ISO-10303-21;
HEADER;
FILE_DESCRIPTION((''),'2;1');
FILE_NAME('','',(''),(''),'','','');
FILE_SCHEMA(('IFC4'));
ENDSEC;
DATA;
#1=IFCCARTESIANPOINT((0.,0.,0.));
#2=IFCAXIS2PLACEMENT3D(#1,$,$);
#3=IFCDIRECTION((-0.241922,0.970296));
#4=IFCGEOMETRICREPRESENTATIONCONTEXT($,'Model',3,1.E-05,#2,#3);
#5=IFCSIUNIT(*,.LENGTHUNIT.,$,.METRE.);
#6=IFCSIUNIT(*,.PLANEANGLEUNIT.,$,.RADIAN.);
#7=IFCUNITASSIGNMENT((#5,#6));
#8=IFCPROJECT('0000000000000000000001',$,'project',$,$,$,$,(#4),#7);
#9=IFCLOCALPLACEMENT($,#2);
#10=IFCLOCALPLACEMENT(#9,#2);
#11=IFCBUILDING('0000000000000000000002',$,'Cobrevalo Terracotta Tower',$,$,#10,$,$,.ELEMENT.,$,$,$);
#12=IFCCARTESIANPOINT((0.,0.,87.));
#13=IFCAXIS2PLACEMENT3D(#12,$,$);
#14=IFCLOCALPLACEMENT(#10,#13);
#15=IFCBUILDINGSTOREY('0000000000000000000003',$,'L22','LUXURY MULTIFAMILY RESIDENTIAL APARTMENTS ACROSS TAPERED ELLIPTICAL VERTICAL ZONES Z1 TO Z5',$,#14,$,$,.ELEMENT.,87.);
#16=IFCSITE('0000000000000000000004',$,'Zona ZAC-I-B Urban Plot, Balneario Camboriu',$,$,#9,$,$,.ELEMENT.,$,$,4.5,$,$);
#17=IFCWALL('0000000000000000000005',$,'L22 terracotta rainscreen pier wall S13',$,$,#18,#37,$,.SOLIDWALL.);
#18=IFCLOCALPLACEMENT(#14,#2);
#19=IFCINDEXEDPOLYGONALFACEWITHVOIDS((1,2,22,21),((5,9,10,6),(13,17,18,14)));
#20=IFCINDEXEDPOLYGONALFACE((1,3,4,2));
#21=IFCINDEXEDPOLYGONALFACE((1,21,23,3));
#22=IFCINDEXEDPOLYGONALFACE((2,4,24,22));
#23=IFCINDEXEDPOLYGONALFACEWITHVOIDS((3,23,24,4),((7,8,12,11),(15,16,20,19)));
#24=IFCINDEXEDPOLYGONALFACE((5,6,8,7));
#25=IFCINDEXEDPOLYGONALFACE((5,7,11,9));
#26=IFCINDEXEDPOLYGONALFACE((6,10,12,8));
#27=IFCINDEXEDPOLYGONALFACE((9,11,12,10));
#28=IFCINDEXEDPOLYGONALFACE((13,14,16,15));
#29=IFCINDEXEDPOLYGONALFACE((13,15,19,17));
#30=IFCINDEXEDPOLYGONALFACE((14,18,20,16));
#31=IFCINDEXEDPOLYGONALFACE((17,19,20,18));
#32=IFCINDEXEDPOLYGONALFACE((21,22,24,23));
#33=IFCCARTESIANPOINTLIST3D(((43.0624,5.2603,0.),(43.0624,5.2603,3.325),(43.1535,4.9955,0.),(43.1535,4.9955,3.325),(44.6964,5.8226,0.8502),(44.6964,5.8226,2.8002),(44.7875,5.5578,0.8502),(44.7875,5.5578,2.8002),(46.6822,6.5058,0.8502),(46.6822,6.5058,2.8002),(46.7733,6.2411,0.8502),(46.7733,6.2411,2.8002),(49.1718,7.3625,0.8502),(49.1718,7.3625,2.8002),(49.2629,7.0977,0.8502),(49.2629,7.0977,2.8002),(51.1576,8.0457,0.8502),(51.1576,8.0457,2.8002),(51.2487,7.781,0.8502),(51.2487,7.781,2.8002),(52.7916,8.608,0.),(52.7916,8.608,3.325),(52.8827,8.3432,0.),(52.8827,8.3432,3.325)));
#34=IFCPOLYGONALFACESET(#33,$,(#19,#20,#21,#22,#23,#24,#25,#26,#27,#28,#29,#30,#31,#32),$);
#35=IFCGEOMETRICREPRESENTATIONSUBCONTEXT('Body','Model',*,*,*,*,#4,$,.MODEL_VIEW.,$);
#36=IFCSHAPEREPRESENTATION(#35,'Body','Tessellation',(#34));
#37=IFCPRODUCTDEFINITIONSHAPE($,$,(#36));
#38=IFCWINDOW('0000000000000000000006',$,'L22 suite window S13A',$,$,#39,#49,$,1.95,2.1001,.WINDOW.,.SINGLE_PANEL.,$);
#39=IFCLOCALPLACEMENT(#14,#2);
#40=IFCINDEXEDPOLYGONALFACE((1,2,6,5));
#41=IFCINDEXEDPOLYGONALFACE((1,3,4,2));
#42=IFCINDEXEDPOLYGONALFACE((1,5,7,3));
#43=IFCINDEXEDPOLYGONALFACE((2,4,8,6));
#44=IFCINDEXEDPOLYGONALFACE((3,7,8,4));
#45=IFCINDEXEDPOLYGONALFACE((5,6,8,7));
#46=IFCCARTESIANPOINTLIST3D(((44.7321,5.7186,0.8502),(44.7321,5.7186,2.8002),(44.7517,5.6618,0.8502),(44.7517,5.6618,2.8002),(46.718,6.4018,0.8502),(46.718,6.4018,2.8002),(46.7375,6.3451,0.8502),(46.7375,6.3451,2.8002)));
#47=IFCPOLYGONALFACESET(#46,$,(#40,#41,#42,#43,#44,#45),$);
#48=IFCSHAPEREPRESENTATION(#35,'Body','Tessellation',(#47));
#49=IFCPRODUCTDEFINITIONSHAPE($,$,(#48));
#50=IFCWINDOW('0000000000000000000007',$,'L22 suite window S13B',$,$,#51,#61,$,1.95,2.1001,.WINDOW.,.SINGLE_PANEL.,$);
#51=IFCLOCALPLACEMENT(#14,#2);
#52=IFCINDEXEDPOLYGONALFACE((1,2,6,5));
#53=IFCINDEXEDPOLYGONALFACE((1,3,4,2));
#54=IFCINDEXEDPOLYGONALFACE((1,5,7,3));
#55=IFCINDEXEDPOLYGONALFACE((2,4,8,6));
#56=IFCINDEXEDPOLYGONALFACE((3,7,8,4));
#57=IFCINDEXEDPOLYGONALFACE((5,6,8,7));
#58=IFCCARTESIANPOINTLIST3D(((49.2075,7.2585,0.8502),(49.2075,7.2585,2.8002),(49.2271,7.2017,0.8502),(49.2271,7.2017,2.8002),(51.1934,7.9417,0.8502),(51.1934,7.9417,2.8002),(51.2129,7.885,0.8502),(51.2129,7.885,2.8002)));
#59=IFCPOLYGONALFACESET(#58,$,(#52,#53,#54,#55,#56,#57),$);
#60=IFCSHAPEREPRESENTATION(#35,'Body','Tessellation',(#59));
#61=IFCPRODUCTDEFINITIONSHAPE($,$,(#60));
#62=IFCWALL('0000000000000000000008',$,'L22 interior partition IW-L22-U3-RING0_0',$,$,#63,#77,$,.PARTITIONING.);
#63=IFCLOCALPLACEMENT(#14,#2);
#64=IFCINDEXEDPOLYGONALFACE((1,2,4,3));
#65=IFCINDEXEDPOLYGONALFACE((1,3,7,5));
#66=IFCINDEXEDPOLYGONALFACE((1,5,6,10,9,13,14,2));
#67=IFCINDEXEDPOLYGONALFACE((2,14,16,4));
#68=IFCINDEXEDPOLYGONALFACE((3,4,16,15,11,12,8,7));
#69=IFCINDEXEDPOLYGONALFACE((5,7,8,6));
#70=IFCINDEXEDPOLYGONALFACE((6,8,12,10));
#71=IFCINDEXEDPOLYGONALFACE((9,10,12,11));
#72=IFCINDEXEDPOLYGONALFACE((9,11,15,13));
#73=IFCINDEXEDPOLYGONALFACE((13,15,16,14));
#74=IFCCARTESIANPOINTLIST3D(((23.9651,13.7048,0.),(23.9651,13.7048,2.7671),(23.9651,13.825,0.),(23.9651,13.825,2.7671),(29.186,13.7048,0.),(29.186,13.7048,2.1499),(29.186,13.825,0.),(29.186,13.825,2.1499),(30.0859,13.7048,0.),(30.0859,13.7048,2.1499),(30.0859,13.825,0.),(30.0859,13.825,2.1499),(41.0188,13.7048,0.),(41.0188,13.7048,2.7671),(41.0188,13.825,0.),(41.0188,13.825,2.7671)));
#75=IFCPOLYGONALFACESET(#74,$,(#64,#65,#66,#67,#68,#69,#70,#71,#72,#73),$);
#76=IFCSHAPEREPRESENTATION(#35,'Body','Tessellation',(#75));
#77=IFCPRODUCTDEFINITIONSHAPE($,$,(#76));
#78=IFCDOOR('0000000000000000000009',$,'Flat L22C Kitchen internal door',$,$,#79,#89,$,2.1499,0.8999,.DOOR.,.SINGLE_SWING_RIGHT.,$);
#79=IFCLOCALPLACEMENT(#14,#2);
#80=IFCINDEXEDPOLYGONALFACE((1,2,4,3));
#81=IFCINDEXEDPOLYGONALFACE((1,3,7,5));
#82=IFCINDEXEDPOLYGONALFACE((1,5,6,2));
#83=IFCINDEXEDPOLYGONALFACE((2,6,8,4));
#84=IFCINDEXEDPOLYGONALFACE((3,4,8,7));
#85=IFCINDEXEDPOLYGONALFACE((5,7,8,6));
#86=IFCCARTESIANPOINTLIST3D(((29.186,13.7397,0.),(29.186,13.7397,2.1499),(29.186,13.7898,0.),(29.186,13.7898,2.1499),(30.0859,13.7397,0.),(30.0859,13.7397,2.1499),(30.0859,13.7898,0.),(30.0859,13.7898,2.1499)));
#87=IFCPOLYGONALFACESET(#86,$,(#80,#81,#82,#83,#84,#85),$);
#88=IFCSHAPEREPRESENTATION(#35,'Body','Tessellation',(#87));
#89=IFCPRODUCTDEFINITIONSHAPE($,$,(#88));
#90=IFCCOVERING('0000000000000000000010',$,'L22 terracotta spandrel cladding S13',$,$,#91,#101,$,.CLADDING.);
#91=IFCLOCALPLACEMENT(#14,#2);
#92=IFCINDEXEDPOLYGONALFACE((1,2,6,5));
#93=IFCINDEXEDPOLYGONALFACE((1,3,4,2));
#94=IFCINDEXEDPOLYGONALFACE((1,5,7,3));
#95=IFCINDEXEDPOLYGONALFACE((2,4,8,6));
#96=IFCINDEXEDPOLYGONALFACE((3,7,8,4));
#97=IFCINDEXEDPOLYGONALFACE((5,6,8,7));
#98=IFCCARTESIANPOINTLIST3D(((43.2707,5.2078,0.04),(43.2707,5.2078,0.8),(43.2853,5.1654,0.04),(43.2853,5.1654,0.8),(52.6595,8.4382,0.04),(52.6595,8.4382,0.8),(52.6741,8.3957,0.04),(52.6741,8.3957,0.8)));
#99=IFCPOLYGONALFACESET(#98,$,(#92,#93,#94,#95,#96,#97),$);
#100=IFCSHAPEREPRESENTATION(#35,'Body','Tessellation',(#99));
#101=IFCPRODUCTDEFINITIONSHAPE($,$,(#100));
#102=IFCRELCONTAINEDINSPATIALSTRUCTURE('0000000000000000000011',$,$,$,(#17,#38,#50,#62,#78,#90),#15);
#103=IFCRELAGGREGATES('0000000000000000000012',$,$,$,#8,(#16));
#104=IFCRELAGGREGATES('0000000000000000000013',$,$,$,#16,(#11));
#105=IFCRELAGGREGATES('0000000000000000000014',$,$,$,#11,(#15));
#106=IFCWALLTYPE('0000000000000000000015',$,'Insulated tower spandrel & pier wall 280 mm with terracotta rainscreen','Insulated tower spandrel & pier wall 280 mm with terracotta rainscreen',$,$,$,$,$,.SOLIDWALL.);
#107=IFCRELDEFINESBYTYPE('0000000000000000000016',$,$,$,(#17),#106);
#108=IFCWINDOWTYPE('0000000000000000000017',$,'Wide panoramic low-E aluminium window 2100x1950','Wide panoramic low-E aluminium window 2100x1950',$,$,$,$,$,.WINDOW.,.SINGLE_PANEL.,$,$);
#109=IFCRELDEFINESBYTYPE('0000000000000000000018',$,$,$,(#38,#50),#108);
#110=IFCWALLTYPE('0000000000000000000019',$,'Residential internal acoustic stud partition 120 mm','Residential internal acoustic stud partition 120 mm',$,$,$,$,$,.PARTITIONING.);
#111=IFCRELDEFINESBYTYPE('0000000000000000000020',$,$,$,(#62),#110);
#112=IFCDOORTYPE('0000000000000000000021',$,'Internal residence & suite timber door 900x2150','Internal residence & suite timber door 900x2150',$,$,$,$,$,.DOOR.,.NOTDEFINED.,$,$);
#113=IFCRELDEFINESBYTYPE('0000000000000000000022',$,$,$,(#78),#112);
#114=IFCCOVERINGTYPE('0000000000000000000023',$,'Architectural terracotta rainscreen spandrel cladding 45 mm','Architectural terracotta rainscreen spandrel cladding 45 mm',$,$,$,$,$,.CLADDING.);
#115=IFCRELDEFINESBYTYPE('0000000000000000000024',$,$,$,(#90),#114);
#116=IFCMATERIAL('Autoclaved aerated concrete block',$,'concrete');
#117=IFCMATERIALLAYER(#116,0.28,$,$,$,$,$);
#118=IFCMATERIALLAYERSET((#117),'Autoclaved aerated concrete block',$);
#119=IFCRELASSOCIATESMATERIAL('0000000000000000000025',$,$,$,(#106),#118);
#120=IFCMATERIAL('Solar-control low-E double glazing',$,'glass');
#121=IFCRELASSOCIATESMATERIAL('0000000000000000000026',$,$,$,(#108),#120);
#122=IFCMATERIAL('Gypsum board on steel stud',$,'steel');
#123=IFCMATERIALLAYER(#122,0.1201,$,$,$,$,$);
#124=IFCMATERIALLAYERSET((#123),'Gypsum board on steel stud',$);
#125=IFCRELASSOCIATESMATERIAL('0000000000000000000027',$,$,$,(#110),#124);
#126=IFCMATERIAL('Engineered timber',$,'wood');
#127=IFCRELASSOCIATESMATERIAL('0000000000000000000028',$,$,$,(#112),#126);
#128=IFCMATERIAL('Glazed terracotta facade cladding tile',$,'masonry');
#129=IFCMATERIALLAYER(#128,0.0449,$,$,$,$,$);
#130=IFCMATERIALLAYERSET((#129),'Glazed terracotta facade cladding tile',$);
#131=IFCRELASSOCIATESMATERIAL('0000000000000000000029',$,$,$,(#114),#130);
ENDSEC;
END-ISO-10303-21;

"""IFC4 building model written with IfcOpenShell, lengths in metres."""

from ifc_helpers import new_model, si_unit, direction, frame, frame_2d, origin, origin_2d, place, context, subcontext, project, spatial, rectangle, extrude, source, transform, mapped, material, layer, layer_set, type_object, element, fill, save


model = new_model("IFC4")

# Units and contexts
model_context = context("Model", 3, precision=1e-05, world=origin(), true_north=direction((-0.241922, 0.970296)))
body_context = subcontext(model_context, "Body", "Model", "MODEL_VIEW")
ifc_project = project(units=[si_unit("LENGTHUNIT", "METRE"), si_unit("PLANEANGLEUNIT", "RADIAN")], contexts=[model_context])

# Site, building, storey
site_placement = place(None, origin())
site = spatial("IfcSite", under=ifc_project, at=site_placement, Name="Zona ZAC-I-B Urban Plot, Balneario Camboriu", CompositionType="ELEMENT", RefElevation=4.5)
building_placement = place(site_placement, origin())
building = spatial("IfcBuilding", under=site, at=building_placement, Name="Cobrevalo Terracotta Tower", CompositionType="ELEMENT")
storey_placement = place(building_placement, frame((0.0, 0.0, 87.0)))
storey = spatial("IfcBuildingStorey", under=building, at=storey_placement, Name="L22", Description="LUXURY MULTIFAMILY RESIDENTIAL APARTMENTS ACROSS TAPERED ELLIPTICAL VERTICAL ZONES Z1 TO Z5", CompositionType="ELEMENT", Elevation=87.0)

# Shared definitions
ifc_material_1 = material(Name="Solar-control low-E double glazing", Category="glass")

# Shared definitions
ifc_material_2 = material(Name="Gypsum board on steel stud", Category="steel")

# Shared definitions
ifc_material_3 = material(Name="Autoclaved aerated concrete block", Category="concrete")

# Wall, openings, windows
ifc_layer_1 = layer(ifc_material_3, 0.28)
ifc_layer_set_1 = layer_set([ifc_layer_1], Name="Autoclaved aerated concrete block")
wall_type_1 = type_object("IfcWallType", Name="Insulated tower spandrel & pier wall 280 mm with terracotta rainscreen", Description="Insulated tower spandrel & pier wall 280 mm with terracotta rainscreen", PredefinedType="SOLIDWALL", material=ifc_layer_set_1)
wall_1_placement = place(storey_placement, frame((43.1079, 5.1279, 0.0), z_axis=(0.0, 0.0, 1.0), x_axis=(0.94559, 0.32536, 0.0)))
wall_1 = element("IfcWall", 1, at=wall_1_placement, inside=storey, type_object=wall_type_1, Name="L22 terracotta rainscreen pier wall S13", PredefinedType="SOLIDWALL", context=body_context, shape_type="SweptSolid", body=[
    extrude(rectangle(XDim=10.2891, YDim=0.28, at=frame_2d((5.1445, 0.0))), origin(), (0.0, 0.0, 1.0), 3.325),
])
opening_1_placement = place(wall_1_placement, frame((1.728, 0.0, 0.8501)))
opening_1 = element("IfcOpeningElement", 2, at=opening_1_placement, cuts=wall_1, PredefinedType="OPENING", context=body_context, shape_type="SweptSolid", body=[
    extrude(rectangle(XDim=2.1001, YDim=1.95, at=frame_2d((1.05, 0.9751))), frame((0.0, 0.1499, 0.0), z_axis=(0.0, -1.0, 0.0), x_axis=(1.0, 0.0, 0.0)), (0.0, 0.0, 1.0), 0.3),
])
opening_2_placement = place(wall_1_placement, frame((6.4609, 0.0, 0.8501)))
opening_2 = element("IfcOpeningElement", 3, at=opening_2_placement, cuts=wall_1, PredefinedType="OPENING", context=body_context, shape_type="SweptSolid", body=[
    extrude(rectangle(XDim=2.1001, YDim=1.95, at=frame_2d((1.05, 0.9751))), frame((0.0, 0.1499, 0.0), z_axis=(0.0, -1.0, 0.0), x_axis=(1.0, 0.0, 0.0)), (0.0, 0.0, 1.0), 0.3),
])
window_type = type_object("IfcWindowType", Name="Wide panoramic low-E aluminium window 2100x1950", Description="Wide panoramic low-E aluminium window 2100x1950", PartitioningType="SINGLE_PANEL", PredefinedType="WINDOW", material=ifc_material_1)
shared_shape_1 = source(origin(), body_context, "Body", "SweptSolid", [
    extrude(rectangle(XDim=2.1001, YDim=1.95, at=frame_2d((1.05, 0.9751))), frame((0.0, 0.03, 0.0), z_axis=(0.0, -1.0, 0.0), x_axis=(1.0, 0.0, 0.0)), (0.0, 0.0, 1.0), 0.0601),
])
window_1_placement = place(opening_1_placement, origin())
window_1 = element("IfcWindow", 4, at=window_1_placement, inside=storey, type_object=window_type, Name="L22 suite window S13A", OverallHeight=1.95, OverallWidth=2.1001, PartitioningType="SINGLE_PANEL", PredefinedType="WINDOW", context=body_context, shape_type="MappedRepresentation", body=[
    mapped(shared_shape_1, transform((0.0, 0.0, 0.0), scale=1.0)),
])
fill(opening_1, window_1)
window_2_placement = place(opening_2_placement, origin())
window_2 = element("IfcWindow", 5, at=window_2_placement, inside=storey, type_object=window_type, Name="L22 suite window S13B", OverallHeight=1.95, OverallWidth=2.1001, PartitioningType="SINGLE_PANEL", PredefinedType="WINDOW", context=body_context, shape_type="MappedRepresentation", body=[
    mapped(shared_shape_1, transform((0.0, 0.0, 0.0), scale=1.0)),
])
fill(opening_2, window_2)

# Wall, opening, door
ifc_layer_2 = layer(ifc_material_2, 0.1201)
ifc_layer_set_2 = layer_set([ifc_layer_2], Name="Gypsum board on steel stud")
wall_type_2 = type_object("IfcWallType", Name="Residential internal acoustic stud partition 120 mm", Description="Residential internal acoustic stud partition 120 mm", PredefinedType="PARTITIONING", material=ifc_layer_set_2)
wall_2_placement = place(storey_placement, frame((41.0188, 13.7649, 0.0), z_axis=(0.0, 0.0, 1.0), x_axis=(-1.0, 0.0, 0.0)))
wall_2 = element("IfcWall", 6, at=wall_2_placement, inside=storey, type_object=wall_type_2, Name="L22 interior partition IW-L22-U3-RING0_0", PredefinedType="PARTITIONING", context=body_context, shape_type="SweptSolid", body=[
    extrude(rectangle(XDim=17.0537, YDim=0.1201, at=frame_2d((8.5269, 0.0))), origin(), (0.0, 0.0, 1.0), 2.7671),
])
opening_3_placement = place(wall_2_placement, frame((10.9329, 0.0, 0.0)))
opening_3 = element("IfcOpeningElement", 7, at=opening_3_placement, cuts=wall_2, PredefinedType="OPENING", context=body_context, shape_type="SweptSolid", body=[
    extrude(rectangle(XDim=0.8999, YDim=2.1499, at=frame_2d((0.45, 1.075))), frame((0.0, 0.0701, 0.0), z_axis=(0.0, -1.0, 0.0), x_axis=(1.0, 0.0, 0.0)), (0.0, 0.0, 1.0), 0.1401),
])
ifc_material_4 = material(Name="Engineered timber", Category="wood")
door_type_1 = type_object("IfcDoorType", Name="Internal residence & suite timber door 900x2150", Description="Internal residence & suite timber door 900x2150", OperationType="NOTDEFINED", PredefinedType="DOOR", material=ifc_material_4)
shared_shape_2 = source(origin(), body_context, "Body", "SweptSolid", [
    extrude(rectangle(XDim=0.8999, YDim=2.1499, at=frame_2d((0.45, 1.075))), frame((0.0, 0.0249, 0.0), z_axis=(0.0, -1.0, 0.0), x_axis=(1.0, 0.0, 0.0)), (0.0, 0.0, 1.0), 0.05),
])
door_1_placement = place(opening_3_placement, frame((0.8999, 0.0, 0.0), z_axis=(0.0, 0.0, 1.0), x_axis=(-1.0, 0.0, 0.0)))
door_1 = element("IfcDoor", 8, at=door_1_placement, inside=storey, type_object=door_type_1, Name="Flat L22C Kitchen internal door", OperationType="SINGLE_SWING_RIGHT", OverallHeight=2.1499, OverallWidth=0.8999, PredefinedType="DOOR", context=body_context, shape_type="MappedRepresentation", body=[
    mapped(shared_shape_2, transform((0.0, 0.0, 0.0), scale=1.0)),
])
fill(opening_3, door_1)

# Covering
ifc_material_5 = material(Name="Glazed terracotta facade cladding tile", Category="masonry")
ifc_layer_3 = layer(ifc_material_5, 0.0449)
ifc_layer_set_3 = layer_set([ifc_layer_3], Name="Glazed terracotta facade cladding tile")
covering_type = type_object("IfcCoveringType", Name="Architectural terracotta rainscreen spandrel cladding 45 mm", Description="Architectural terracotta rainscreen spandrel cladding 45 mm", PredefinedType="CLADDING", material=ifc_layer_set_3)
shared_shape_3 = source(origin(), body_context, "Body", "SweptSolid", [
    extrude(rectangle(XDim=9.929, YDim=0.0449, at=origin_2d()), origin(), (0.0, 0.0, 1.0), 0.76),
])
covering_placement = place(storey_placement, frame((47.9724, 6.8018, 0.04), z_axis=(0.0, 0.0, 1.0), x_axis=(0.945596, 0.325342, 0.0)))
element("IfcCovering", 9, at=covering_placement, inside=storey, type_object=covering_type, Name="L22 terracotta spandrel cladding S13", PredefinedType="CLADDING", context=body_context, shape_type="MappedRepresentation", body=[
    mapped(shared_shape_3, transform((0.0, 0.0, 0.0), scale=1.0)),
])

save(model, "model.ifc")
